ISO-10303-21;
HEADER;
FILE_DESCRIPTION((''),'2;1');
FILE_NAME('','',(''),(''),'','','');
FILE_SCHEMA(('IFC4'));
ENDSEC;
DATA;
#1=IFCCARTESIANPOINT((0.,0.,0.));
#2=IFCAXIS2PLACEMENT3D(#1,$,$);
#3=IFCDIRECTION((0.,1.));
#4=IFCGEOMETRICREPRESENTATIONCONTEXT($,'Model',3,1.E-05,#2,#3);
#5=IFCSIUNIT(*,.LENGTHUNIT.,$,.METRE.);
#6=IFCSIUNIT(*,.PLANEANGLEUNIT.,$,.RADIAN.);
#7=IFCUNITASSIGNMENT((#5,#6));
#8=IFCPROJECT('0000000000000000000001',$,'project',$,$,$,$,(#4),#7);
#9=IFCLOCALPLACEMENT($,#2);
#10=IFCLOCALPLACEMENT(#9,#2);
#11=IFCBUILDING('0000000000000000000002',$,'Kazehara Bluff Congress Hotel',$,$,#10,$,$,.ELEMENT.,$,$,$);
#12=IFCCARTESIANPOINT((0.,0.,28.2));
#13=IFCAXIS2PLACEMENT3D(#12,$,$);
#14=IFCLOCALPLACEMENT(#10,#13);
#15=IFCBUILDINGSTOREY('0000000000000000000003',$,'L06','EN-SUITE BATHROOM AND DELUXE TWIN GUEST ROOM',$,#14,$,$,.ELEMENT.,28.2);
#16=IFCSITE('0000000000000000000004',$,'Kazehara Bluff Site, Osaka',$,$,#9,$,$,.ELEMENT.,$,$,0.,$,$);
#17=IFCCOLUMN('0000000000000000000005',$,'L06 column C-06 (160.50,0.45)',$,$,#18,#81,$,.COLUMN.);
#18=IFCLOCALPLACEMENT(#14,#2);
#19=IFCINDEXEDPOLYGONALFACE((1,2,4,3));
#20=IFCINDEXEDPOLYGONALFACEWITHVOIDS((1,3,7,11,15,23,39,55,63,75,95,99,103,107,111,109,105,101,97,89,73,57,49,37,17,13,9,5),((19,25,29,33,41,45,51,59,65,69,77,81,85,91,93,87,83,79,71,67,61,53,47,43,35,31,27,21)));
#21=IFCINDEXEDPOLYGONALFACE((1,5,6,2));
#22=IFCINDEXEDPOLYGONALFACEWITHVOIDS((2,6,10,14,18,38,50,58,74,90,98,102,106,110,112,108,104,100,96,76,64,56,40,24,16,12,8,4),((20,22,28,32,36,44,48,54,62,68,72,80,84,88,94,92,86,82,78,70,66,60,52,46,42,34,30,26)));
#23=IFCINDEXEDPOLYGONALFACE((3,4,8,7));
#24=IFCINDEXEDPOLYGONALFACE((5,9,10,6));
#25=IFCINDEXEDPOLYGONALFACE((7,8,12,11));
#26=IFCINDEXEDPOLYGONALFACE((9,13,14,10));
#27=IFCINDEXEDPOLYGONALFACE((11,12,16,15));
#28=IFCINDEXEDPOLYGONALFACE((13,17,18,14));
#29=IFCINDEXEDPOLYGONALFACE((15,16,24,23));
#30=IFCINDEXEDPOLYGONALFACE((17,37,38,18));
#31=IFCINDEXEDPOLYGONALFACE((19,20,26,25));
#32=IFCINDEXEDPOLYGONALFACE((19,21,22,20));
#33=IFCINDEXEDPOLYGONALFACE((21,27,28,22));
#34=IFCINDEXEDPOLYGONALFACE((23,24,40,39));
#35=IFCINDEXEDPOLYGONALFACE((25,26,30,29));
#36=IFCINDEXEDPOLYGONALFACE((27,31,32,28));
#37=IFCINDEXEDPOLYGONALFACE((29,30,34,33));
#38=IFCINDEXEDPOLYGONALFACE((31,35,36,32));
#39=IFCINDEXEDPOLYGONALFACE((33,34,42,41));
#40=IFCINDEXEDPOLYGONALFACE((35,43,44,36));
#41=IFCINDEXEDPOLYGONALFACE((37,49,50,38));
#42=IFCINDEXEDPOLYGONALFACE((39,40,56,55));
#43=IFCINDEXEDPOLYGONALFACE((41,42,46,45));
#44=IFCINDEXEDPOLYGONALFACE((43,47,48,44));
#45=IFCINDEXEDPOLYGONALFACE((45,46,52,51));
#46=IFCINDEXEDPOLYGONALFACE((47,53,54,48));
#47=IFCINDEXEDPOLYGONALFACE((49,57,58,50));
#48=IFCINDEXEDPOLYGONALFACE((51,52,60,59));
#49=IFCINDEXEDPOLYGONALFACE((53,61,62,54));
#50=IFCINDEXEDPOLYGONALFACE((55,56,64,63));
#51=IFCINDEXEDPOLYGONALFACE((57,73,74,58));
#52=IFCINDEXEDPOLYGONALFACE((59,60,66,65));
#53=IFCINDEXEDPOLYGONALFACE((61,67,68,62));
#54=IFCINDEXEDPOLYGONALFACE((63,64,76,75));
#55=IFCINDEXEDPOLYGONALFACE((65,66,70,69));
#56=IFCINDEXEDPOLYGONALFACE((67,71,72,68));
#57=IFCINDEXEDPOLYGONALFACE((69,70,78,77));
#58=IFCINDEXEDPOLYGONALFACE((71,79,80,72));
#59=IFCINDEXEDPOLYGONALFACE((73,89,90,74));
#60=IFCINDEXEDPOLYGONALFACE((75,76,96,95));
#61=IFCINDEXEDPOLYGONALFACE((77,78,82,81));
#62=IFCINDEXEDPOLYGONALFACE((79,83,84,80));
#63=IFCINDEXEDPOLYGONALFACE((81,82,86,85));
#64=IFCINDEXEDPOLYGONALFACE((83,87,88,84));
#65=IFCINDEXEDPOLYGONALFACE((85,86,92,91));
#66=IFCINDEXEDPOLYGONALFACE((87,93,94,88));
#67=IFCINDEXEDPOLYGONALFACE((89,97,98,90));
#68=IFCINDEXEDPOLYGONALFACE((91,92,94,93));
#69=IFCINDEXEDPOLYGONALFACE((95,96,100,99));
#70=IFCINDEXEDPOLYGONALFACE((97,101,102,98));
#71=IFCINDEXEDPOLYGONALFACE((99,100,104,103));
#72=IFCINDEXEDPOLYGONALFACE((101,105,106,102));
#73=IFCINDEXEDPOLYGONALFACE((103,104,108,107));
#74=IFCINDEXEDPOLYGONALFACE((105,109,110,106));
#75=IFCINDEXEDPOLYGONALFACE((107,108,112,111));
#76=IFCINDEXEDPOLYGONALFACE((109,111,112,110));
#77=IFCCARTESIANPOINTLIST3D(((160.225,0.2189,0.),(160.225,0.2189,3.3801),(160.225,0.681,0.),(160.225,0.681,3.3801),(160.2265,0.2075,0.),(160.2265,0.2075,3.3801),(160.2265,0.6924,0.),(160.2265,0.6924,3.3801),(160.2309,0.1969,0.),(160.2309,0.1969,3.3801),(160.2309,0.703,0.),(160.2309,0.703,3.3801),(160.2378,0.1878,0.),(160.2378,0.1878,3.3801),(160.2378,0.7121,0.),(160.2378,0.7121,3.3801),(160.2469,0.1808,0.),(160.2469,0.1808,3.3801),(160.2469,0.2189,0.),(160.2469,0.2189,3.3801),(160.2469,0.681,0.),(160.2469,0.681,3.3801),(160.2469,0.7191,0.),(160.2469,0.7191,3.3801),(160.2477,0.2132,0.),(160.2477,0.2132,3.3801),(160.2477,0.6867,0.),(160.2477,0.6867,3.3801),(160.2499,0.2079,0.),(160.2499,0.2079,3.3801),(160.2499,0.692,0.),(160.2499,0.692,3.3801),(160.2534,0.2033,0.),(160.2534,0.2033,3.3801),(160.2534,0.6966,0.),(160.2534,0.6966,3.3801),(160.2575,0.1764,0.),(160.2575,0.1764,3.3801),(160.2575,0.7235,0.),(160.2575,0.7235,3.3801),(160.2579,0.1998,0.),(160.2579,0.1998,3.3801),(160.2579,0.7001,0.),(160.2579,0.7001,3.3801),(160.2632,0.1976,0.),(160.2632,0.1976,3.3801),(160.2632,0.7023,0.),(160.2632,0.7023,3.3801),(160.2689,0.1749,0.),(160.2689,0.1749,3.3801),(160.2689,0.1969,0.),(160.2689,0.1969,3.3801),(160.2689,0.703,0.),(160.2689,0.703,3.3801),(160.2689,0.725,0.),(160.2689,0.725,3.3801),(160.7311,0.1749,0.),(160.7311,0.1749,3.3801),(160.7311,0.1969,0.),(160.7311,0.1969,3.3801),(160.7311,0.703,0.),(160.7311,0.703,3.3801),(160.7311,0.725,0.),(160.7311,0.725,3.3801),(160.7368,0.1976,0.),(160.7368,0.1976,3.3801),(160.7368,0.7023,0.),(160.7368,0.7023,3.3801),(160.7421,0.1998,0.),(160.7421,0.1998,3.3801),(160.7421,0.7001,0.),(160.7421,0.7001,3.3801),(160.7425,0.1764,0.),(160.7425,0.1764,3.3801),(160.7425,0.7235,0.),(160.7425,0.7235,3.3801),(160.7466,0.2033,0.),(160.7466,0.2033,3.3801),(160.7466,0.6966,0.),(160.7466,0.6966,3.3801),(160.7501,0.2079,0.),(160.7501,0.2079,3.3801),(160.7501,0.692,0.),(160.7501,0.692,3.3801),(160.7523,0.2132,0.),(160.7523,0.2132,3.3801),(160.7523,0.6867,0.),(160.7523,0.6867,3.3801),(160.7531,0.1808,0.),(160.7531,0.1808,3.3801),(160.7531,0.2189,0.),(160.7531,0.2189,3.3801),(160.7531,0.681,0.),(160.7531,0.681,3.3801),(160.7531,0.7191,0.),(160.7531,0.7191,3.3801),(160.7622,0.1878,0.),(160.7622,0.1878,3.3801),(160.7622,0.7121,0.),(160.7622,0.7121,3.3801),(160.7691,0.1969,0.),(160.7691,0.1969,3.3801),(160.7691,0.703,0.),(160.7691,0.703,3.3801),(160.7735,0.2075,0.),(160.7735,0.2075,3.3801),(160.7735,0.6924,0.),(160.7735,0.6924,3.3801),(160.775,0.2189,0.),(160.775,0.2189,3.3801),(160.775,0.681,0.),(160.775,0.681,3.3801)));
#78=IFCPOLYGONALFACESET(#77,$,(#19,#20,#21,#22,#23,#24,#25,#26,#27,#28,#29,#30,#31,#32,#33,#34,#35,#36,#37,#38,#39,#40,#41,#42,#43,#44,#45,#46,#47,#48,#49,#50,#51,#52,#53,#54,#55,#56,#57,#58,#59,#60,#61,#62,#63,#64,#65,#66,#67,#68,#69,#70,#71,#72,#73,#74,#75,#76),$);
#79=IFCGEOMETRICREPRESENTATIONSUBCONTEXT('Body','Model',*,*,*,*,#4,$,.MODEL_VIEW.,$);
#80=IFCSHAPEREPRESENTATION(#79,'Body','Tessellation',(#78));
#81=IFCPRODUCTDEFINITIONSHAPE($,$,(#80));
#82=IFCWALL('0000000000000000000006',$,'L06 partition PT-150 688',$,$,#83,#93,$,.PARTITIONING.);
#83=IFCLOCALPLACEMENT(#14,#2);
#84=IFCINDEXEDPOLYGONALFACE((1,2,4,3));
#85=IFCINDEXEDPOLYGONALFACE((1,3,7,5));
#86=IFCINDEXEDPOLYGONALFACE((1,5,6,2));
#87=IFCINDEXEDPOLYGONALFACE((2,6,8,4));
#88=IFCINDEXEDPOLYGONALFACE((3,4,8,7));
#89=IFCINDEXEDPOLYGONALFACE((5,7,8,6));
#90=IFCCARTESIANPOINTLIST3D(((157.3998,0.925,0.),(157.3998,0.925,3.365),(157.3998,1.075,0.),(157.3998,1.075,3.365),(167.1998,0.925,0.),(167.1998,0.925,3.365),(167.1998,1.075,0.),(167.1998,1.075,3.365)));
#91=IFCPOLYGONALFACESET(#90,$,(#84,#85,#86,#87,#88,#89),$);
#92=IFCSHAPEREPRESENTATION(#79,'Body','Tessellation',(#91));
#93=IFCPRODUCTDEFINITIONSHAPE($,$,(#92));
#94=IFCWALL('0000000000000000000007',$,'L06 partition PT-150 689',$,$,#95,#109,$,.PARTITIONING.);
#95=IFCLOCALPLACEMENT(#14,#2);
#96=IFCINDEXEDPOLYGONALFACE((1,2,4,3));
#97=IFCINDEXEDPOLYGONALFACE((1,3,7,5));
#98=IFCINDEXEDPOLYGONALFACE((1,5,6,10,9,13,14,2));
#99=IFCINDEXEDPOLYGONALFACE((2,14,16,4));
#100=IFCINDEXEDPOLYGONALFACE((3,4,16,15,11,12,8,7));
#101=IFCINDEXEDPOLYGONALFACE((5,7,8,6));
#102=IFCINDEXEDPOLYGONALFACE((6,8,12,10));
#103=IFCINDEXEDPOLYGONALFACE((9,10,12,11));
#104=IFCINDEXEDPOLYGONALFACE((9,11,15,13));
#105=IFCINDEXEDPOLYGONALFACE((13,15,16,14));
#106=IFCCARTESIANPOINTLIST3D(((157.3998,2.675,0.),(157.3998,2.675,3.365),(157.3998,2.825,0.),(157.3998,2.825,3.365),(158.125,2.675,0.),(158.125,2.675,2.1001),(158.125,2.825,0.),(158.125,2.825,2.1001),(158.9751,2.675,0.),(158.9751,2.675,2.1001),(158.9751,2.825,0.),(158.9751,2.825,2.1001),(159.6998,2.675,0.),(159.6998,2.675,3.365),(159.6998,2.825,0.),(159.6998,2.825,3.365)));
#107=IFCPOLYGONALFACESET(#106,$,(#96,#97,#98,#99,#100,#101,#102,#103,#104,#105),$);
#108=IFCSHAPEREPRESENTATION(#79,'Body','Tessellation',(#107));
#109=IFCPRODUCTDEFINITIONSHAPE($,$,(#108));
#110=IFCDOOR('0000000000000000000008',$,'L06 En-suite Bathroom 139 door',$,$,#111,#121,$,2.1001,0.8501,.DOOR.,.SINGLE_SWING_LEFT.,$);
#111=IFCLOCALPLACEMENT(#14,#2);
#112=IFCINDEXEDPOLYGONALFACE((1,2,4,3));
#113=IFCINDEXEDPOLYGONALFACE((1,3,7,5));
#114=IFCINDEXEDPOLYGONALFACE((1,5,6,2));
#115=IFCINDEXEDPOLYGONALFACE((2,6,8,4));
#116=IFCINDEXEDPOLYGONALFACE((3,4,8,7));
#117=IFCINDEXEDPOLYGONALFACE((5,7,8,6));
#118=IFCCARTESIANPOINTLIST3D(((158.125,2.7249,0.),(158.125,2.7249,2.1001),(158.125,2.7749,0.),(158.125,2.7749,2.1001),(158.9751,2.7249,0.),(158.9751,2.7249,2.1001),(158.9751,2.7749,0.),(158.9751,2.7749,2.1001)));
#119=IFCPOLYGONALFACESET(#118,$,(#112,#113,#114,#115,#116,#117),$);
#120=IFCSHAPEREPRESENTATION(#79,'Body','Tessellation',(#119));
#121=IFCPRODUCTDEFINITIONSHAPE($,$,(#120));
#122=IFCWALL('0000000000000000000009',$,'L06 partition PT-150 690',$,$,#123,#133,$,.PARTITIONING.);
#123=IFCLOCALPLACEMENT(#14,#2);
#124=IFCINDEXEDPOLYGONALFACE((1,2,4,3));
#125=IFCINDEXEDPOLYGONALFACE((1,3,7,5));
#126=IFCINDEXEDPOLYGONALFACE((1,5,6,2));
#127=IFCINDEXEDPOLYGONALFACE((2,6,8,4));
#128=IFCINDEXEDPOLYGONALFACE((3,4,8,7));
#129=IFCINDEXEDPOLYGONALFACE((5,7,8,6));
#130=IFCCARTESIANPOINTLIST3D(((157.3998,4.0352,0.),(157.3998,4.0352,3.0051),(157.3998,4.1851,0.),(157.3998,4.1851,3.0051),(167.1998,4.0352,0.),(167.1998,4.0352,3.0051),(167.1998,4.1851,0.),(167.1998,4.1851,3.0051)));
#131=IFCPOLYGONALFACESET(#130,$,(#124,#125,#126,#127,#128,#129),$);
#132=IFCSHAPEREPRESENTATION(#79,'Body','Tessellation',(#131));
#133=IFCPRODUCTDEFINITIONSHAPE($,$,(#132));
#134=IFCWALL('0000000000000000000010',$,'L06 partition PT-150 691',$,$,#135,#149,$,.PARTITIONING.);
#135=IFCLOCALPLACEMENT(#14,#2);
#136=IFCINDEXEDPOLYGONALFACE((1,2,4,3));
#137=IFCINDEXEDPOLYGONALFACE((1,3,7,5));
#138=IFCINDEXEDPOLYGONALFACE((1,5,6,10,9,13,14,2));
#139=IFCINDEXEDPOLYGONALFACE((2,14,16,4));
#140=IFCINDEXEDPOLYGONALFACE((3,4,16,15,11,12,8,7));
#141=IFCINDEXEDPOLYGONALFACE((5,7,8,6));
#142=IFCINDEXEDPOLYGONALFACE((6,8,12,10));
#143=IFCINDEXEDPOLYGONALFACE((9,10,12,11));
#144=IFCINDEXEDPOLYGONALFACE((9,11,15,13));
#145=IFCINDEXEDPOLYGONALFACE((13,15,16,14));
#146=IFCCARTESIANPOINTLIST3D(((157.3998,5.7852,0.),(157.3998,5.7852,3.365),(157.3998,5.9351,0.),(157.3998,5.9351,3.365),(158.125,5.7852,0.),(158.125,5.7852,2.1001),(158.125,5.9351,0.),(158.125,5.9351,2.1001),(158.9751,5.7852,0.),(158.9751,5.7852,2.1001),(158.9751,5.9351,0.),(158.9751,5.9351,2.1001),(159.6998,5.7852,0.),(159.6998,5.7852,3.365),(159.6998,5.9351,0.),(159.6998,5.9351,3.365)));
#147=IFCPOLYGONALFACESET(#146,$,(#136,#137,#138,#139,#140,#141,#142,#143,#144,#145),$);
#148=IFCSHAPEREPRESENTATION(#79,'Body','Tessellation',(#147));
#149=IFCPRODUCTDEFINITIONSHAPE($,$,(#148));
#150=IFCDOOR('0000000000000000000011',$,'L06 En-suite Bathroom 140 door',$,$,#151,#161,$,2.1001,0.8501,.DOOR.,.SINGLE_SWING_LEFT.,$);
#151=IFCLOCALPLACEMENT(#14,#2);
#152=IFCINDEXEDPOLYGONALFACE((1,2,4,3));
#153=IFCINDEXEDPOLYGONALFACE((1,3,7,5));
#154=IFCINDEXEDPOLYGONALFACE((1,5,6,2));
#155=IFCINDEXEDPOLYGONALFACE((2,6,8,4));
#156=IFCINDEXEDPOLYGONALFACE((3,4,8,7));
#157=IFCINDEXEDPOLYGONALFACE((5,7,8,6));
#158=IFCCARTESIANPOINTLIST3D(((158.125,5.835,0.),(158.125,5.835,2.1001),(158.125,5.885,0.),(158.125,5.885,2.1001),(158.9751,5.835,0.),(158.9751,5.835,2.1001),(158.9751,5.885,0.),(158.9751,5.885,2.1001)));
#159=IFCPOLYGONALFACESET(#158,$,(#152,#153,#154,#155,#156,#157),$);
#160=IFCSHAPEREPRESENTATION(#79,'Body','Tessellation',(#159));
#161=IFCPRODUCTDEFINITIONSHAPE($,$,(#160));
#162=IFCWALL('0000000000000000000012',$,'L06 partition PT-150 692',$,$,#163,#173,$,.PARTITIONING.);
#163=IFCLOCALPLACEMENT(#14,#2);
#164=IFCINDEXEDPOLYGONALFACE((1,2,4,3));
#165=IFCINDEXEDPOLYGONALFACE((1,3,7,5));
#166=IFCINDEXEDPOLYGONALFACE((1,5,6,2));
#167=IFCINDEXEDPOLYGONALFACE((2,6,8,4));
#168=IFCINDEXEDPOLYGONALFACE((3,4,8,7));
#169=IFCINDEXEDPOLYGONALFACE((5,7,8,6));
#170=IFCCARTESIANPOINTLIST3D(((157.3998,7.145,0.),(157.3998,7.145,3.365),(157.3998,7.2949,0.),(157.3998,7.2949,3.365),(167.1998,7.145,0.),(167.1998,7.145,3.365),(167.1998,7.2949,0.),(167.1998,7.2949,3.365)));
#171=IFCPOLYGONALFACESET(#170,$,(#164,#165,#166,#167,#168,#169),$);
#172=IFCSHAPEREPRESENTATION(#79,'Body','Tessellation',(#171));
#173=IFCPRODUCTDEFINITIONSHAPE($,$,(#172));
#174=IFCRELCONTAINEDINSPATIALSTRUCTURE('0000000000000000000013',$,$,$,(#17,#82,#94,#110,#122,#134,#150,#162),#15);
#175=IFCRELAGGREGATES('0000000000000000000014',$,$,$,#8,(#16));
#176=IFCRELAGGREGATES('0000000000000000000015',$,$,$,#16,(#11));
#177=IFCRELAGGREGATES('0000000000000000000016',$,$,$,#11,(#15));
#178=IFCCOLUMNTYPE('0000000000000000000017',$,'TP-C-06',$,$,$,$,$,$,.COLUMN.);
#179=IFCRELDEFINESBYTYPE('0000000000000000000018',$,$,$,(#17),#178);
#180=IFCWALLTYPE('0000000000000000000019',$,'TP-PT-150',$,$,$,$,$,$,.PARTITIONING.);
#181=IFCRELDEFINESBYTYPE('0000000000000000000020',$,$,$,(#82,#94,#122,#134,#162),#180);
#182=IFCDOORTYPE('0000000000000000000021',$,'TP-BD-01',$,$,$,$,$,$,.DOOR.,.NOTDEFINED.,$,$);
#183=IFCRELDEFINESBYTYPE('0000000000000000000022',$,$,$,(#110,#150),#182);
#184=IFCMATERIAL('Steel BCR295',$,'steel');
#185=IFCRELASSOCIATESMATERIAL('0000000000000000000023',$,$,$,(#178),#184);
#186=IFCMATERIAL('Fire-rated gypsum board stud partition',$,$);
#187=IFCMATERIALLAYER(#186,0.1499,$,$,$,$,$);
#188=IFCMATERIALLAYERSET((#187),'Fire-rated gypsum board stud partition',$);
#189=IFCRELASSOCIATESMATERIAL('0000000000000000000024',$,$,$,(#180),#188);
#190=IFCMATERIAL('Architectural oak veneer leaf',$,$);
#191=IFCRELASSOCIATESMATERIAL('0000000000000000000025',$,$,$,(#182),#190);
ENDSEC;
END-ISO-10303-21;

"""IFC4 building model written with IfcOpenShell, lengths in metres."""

from ifc_helpers import new_model, si_unit, direction, frame, frame_2d, origin, origin_2d, place, context, subcontext, project, spatial, rectangle, hollow_rectangle, extrude, material, layer, layer_set, material_profile, profile_set, type_object, element, fill, save


model = new_model("IFC4")

# Units and contexts
model_context = context("Model", 3, precision=1e-05, world=origin(), true_north=direction((0.0, 1.0)))
body_context = subcontext(model_context, "Body", "Model", "MODEL_VIEW")
ifc_project = project(units=[si_unit("LENGTHUNIT", "METRE"), si_unit("PLANEANGLEUNIT", "RADIAN")], contexts=[model_context])

# Site, building, storey
site_placement = place(None, origin())
site = spatial("IfcSite", under=ifc_project, at=site_placement, Name="Kazehara Bluff Site, Osaka", CompositionType="ELEMENT", RefElevation=0.0)
building_placement = place(site_placement, origin())
building = spatial("IfcBuilding", under=site, at=building_placement, Name="Kazehara Bluff Congress Hotel", CompositionType="ELEMENT")
storey_placement = place(building_placement, frame((0.0, 0.0, 28.2)))
storey = spatial("IfcBuildingStorey", under=building, at=storey_placement, Name="L06", Description="EN-SUITE BATHROOM AND DELUXE TWIN GUEST ROOM", CompositionType="ELEMENT", Elevation=28.2)

# Column
ifc_material_1 = material(Name="Steel BCR295", Category="steel")
ifc_material_profile = material_profile(ifc_material_1, hollow_rectangle(XDim=0.55, YDim=0.55, WallThickness=0.022, InnerFilletRadius=0.022, OuterFilletRadius=0.0439, at=origin_2d()))
ifc_profile_set = profile_set([ifc_material_profile], Name="Steel BCR295")
column_type = type_object("IfcColumnType", Name="TP-C-06", PredefinedType="COLUMN", material=ifc_profile_set)
column_placement = place(storey_placement, frame((160.5, 0.45, 0.0), z_axis=(0.0, 0.0, 1.0), x_axis=(1.0, 0.0, 0.0)))
element("IfcColumn", 1, at=column_placement, inside=storey, type_object=column_type, Name="L06 column C-06 (160.50,0.45)", PredefinedType="COLUMN", context=body_context, shape_type="SweptSolid", body=[
    extrude(hollow_rectangle(XDim=0.55, YDim=0.55, WallThickness=0.022, InnerFilletRadius=0.022, OuterFilletRadius=0.0439, at=origin_2d()), origin(), (0.0, 0.0, 1.0), 3.3801),
])

# Wall
ifc_material_2 = material(Name="Fire-rated gypsum board stud partition")
ifc_layer_1 = layer(ifc_material_2, 0.1499)
ifc_layer_set_1 = layer_set([ifc_layer_1], Name="Fire-rated gypsum board stud partition")
wall_type = type_object("IfcWallType", Name="TP-PT-150", PredefinedType="PARTITIONING", material=ifc_layer_set_1)
wall_1_placement = place(storey_placement, frame((157.3999, 1.0, 0.0), z_axis=(0.0, 0.0, 1.0), x_axis=(1.0, 0.0, 0.0)))
element("IfcWall", 2, at=wall_1_placement, inside=storey, type_object=wall_type, Name="L06 partition PT-150 688", PredefinedType="PARTITIONING", context=body_context, shape_type="SweptSolid", body=[
    extrude(rectangle(XDim=9.8, YDim=0.1499, at=frame_2d((4.8999, 0.0))), origin(), (0.0, 0.0, 1.0), 3.365),
])

# Wall, opening, door
wall_2_placement = place(storey_placement, frame((157.3999, 2.75, 0.0), z_axis=(0.0, 0.0, 1.0), x_axis=(1.0, 0.0, 0.0)))
wall_2 = element("IfcWall", 3, at=wall_2_placement, inside=storey, type_object=wall_type, Name="L06 partition PT-150 689", PredefinedType="PARTITIONING", context=body_context, shape_type="SweptSolid", body=[
    extrude(rectangle(XDim=2.3, YDim=0.1499, at=frame_2d((1.1499, 0.0))), origin(), (0.0, 0.0, 1.0), 3.365),
])
opening_1_placement = place(wall_2_placement, frame((0.7251, 0.0, 0.0)))
opening_1 = element("IfcOpeningElement", 4, at=opening_1_placement, cuts=wall_2, PredefinedType="OPENING", context=body_context, shape_type="SweptSolid", body=[
    extrude(rectangle(XDim=0.8501, YDim=2.1001, at=frame_2d((0.425, 1.05))), frame((0.0, 0.085, 0.0), z_axis=(0.0, -1.0, 0.0), x_axis=(1.0, 0.0, 0.0)), (0.0, 0.0, 1.0), 0.1699),
])
ifc_material_3 = material(Name="Architectural oak veneer leaf")
door_type_1 = type_object("IfcDoorType", Name="TP-BD-01", OperationType="NOTDEFINED", PredefinedType="DOOR", material=ifc_material_3)
door_1_placement = place(opening_1_placement, origin())
door_1 = element("IfcDoor", 5, at=door_1_placement, inside=storey, type_object=door_type_1, Name="L06 En-suite Bathroom 139 door", OperationType="SINGLE_SWING_LEFT", OverallHeight=2.1001, OverallWidth=0.8501, PredefinedType="DOOR", context=body_context, shape_type="SweptSolid", body=[
    extrude(rectangle(XDim=0.8501, YDim=2.1001, at=frame_2d((0.425, 1.05))), frame((0.0, 0.0249, 0.0), z_axis=(0.0, -1.0, 0.0), x_axis=(1.0, 0.0, 0.0)), (0.0, 0.0, 1.0), 0.05),
])
fill(opening_1, door_1)

# Wall
wall_3_placement = place(storey_placement, frame((157.3999, 4.1101, 0.0), z_axis=(0.0, 0.0, 1.0), x_axis=(1.0, 0.0, 0.0)))
element("IfcWall", 6, at=wall_3_placement, inside=storey, type_object=wall_type, Name="L06 partition PT-150 690", PredefinedType="PARTITIONING", context=body_context, shape_type="SweptSolid", body=[
    extrude(rectangle(XDim=9.8, YDim=0.1499, at=frame_2d((4.8999, 0.0))), origin(), (0.0, 0.0, 1.0), 3.0051),
])

# Wall, opening, door
wall_4_placement = place(storey_placement, frame((157.3999, 5.8601, 0.0), z_axis=(0.0, 0.0, 1.0), x_axis=(1.0, 0.0, 0.0)))
wall_4 = element("IfcWall", 7, at=wall_4_placement, inside=storey, type_object=wall_type, Name="L06 partition PT-150 691", PredefinedType="PARTITIONING", context=body_context, shape_type="SweptSolid", body=[
    extrude(rectangle(XDim=2.3, YDim=0.1499, at=frame_2d((1.1499, 0.0))), origin(), (0.0, 0.0, 1.0), 3.365),
])
opening_2_placement = place(wall_4_placement, frame((0.7251, 0.0, 0.0)))
opening_2 = element("IfcOpeningElement", 8, at=opening_2_placement, cuts=wall_4, PredefinedType="OPENING", context=body_context, shape_type="SweptSolid", body=[
    extrude(rectangle(XDim=0.8501, YDim=2.1001, at=frame_2d((0.425, 1.05))), frame((0.0, 0.085, 0.0), z_axis=(0.0, -1.0, 0.0), x_axis=(1.0, 0.0, 0.0)), (0.0, 0.0, 1.0), 0.1699),
])
door_2_placement = place(opening_2_placement, origin())
door_2 = element("IfcDoor", 9, at=door_2_placement, inside=storey, type_object=door_type_1, Name="L06 En-suite Bathroom 140 door", OperationType="SINGLE_SWING_LEFT", OverallHeight=2.1001, OverallWidth=0.8501, PredefinedType="DOOR", context=body_context, shape_type="SweptSolid", body=[
    extrude(rectangle(XDim=0.8501, YDim=2.1001, at=frame_2d((0.425, 1.05))), frame((0.0, 0.0249, 0.0), z_axis=(0.0, -1.0, 0.0), x_axis=(1.0, 0.0, 0.0)), (0.0, 0.0, 1.0), 0.05),
])
fill(opening_2, door_2)

# Wall
wall_5_placement = place(storey_placement, frame((157.3999, 7.22, 0.0), z_axis=(0.0, 0.0, 1.0), x_axis=(1.0, 0.0, 0.0)))
element("IfcWall", 10, at=wall_5_placement, inside=storey, type_object=wall_type, Name="L06 partition PT-150 692", PredefinedType="PARTITIONING", context=body_context, shape_type="SweptSolid", body=[
    extrude(rectangle(XDim=9.8, YDim=0.1499, at=frame_2d((4.8999, 0.0))), origin(), (0.0, 0.0, 1.0), 3.365),
])

save(model, "model.ifc")
